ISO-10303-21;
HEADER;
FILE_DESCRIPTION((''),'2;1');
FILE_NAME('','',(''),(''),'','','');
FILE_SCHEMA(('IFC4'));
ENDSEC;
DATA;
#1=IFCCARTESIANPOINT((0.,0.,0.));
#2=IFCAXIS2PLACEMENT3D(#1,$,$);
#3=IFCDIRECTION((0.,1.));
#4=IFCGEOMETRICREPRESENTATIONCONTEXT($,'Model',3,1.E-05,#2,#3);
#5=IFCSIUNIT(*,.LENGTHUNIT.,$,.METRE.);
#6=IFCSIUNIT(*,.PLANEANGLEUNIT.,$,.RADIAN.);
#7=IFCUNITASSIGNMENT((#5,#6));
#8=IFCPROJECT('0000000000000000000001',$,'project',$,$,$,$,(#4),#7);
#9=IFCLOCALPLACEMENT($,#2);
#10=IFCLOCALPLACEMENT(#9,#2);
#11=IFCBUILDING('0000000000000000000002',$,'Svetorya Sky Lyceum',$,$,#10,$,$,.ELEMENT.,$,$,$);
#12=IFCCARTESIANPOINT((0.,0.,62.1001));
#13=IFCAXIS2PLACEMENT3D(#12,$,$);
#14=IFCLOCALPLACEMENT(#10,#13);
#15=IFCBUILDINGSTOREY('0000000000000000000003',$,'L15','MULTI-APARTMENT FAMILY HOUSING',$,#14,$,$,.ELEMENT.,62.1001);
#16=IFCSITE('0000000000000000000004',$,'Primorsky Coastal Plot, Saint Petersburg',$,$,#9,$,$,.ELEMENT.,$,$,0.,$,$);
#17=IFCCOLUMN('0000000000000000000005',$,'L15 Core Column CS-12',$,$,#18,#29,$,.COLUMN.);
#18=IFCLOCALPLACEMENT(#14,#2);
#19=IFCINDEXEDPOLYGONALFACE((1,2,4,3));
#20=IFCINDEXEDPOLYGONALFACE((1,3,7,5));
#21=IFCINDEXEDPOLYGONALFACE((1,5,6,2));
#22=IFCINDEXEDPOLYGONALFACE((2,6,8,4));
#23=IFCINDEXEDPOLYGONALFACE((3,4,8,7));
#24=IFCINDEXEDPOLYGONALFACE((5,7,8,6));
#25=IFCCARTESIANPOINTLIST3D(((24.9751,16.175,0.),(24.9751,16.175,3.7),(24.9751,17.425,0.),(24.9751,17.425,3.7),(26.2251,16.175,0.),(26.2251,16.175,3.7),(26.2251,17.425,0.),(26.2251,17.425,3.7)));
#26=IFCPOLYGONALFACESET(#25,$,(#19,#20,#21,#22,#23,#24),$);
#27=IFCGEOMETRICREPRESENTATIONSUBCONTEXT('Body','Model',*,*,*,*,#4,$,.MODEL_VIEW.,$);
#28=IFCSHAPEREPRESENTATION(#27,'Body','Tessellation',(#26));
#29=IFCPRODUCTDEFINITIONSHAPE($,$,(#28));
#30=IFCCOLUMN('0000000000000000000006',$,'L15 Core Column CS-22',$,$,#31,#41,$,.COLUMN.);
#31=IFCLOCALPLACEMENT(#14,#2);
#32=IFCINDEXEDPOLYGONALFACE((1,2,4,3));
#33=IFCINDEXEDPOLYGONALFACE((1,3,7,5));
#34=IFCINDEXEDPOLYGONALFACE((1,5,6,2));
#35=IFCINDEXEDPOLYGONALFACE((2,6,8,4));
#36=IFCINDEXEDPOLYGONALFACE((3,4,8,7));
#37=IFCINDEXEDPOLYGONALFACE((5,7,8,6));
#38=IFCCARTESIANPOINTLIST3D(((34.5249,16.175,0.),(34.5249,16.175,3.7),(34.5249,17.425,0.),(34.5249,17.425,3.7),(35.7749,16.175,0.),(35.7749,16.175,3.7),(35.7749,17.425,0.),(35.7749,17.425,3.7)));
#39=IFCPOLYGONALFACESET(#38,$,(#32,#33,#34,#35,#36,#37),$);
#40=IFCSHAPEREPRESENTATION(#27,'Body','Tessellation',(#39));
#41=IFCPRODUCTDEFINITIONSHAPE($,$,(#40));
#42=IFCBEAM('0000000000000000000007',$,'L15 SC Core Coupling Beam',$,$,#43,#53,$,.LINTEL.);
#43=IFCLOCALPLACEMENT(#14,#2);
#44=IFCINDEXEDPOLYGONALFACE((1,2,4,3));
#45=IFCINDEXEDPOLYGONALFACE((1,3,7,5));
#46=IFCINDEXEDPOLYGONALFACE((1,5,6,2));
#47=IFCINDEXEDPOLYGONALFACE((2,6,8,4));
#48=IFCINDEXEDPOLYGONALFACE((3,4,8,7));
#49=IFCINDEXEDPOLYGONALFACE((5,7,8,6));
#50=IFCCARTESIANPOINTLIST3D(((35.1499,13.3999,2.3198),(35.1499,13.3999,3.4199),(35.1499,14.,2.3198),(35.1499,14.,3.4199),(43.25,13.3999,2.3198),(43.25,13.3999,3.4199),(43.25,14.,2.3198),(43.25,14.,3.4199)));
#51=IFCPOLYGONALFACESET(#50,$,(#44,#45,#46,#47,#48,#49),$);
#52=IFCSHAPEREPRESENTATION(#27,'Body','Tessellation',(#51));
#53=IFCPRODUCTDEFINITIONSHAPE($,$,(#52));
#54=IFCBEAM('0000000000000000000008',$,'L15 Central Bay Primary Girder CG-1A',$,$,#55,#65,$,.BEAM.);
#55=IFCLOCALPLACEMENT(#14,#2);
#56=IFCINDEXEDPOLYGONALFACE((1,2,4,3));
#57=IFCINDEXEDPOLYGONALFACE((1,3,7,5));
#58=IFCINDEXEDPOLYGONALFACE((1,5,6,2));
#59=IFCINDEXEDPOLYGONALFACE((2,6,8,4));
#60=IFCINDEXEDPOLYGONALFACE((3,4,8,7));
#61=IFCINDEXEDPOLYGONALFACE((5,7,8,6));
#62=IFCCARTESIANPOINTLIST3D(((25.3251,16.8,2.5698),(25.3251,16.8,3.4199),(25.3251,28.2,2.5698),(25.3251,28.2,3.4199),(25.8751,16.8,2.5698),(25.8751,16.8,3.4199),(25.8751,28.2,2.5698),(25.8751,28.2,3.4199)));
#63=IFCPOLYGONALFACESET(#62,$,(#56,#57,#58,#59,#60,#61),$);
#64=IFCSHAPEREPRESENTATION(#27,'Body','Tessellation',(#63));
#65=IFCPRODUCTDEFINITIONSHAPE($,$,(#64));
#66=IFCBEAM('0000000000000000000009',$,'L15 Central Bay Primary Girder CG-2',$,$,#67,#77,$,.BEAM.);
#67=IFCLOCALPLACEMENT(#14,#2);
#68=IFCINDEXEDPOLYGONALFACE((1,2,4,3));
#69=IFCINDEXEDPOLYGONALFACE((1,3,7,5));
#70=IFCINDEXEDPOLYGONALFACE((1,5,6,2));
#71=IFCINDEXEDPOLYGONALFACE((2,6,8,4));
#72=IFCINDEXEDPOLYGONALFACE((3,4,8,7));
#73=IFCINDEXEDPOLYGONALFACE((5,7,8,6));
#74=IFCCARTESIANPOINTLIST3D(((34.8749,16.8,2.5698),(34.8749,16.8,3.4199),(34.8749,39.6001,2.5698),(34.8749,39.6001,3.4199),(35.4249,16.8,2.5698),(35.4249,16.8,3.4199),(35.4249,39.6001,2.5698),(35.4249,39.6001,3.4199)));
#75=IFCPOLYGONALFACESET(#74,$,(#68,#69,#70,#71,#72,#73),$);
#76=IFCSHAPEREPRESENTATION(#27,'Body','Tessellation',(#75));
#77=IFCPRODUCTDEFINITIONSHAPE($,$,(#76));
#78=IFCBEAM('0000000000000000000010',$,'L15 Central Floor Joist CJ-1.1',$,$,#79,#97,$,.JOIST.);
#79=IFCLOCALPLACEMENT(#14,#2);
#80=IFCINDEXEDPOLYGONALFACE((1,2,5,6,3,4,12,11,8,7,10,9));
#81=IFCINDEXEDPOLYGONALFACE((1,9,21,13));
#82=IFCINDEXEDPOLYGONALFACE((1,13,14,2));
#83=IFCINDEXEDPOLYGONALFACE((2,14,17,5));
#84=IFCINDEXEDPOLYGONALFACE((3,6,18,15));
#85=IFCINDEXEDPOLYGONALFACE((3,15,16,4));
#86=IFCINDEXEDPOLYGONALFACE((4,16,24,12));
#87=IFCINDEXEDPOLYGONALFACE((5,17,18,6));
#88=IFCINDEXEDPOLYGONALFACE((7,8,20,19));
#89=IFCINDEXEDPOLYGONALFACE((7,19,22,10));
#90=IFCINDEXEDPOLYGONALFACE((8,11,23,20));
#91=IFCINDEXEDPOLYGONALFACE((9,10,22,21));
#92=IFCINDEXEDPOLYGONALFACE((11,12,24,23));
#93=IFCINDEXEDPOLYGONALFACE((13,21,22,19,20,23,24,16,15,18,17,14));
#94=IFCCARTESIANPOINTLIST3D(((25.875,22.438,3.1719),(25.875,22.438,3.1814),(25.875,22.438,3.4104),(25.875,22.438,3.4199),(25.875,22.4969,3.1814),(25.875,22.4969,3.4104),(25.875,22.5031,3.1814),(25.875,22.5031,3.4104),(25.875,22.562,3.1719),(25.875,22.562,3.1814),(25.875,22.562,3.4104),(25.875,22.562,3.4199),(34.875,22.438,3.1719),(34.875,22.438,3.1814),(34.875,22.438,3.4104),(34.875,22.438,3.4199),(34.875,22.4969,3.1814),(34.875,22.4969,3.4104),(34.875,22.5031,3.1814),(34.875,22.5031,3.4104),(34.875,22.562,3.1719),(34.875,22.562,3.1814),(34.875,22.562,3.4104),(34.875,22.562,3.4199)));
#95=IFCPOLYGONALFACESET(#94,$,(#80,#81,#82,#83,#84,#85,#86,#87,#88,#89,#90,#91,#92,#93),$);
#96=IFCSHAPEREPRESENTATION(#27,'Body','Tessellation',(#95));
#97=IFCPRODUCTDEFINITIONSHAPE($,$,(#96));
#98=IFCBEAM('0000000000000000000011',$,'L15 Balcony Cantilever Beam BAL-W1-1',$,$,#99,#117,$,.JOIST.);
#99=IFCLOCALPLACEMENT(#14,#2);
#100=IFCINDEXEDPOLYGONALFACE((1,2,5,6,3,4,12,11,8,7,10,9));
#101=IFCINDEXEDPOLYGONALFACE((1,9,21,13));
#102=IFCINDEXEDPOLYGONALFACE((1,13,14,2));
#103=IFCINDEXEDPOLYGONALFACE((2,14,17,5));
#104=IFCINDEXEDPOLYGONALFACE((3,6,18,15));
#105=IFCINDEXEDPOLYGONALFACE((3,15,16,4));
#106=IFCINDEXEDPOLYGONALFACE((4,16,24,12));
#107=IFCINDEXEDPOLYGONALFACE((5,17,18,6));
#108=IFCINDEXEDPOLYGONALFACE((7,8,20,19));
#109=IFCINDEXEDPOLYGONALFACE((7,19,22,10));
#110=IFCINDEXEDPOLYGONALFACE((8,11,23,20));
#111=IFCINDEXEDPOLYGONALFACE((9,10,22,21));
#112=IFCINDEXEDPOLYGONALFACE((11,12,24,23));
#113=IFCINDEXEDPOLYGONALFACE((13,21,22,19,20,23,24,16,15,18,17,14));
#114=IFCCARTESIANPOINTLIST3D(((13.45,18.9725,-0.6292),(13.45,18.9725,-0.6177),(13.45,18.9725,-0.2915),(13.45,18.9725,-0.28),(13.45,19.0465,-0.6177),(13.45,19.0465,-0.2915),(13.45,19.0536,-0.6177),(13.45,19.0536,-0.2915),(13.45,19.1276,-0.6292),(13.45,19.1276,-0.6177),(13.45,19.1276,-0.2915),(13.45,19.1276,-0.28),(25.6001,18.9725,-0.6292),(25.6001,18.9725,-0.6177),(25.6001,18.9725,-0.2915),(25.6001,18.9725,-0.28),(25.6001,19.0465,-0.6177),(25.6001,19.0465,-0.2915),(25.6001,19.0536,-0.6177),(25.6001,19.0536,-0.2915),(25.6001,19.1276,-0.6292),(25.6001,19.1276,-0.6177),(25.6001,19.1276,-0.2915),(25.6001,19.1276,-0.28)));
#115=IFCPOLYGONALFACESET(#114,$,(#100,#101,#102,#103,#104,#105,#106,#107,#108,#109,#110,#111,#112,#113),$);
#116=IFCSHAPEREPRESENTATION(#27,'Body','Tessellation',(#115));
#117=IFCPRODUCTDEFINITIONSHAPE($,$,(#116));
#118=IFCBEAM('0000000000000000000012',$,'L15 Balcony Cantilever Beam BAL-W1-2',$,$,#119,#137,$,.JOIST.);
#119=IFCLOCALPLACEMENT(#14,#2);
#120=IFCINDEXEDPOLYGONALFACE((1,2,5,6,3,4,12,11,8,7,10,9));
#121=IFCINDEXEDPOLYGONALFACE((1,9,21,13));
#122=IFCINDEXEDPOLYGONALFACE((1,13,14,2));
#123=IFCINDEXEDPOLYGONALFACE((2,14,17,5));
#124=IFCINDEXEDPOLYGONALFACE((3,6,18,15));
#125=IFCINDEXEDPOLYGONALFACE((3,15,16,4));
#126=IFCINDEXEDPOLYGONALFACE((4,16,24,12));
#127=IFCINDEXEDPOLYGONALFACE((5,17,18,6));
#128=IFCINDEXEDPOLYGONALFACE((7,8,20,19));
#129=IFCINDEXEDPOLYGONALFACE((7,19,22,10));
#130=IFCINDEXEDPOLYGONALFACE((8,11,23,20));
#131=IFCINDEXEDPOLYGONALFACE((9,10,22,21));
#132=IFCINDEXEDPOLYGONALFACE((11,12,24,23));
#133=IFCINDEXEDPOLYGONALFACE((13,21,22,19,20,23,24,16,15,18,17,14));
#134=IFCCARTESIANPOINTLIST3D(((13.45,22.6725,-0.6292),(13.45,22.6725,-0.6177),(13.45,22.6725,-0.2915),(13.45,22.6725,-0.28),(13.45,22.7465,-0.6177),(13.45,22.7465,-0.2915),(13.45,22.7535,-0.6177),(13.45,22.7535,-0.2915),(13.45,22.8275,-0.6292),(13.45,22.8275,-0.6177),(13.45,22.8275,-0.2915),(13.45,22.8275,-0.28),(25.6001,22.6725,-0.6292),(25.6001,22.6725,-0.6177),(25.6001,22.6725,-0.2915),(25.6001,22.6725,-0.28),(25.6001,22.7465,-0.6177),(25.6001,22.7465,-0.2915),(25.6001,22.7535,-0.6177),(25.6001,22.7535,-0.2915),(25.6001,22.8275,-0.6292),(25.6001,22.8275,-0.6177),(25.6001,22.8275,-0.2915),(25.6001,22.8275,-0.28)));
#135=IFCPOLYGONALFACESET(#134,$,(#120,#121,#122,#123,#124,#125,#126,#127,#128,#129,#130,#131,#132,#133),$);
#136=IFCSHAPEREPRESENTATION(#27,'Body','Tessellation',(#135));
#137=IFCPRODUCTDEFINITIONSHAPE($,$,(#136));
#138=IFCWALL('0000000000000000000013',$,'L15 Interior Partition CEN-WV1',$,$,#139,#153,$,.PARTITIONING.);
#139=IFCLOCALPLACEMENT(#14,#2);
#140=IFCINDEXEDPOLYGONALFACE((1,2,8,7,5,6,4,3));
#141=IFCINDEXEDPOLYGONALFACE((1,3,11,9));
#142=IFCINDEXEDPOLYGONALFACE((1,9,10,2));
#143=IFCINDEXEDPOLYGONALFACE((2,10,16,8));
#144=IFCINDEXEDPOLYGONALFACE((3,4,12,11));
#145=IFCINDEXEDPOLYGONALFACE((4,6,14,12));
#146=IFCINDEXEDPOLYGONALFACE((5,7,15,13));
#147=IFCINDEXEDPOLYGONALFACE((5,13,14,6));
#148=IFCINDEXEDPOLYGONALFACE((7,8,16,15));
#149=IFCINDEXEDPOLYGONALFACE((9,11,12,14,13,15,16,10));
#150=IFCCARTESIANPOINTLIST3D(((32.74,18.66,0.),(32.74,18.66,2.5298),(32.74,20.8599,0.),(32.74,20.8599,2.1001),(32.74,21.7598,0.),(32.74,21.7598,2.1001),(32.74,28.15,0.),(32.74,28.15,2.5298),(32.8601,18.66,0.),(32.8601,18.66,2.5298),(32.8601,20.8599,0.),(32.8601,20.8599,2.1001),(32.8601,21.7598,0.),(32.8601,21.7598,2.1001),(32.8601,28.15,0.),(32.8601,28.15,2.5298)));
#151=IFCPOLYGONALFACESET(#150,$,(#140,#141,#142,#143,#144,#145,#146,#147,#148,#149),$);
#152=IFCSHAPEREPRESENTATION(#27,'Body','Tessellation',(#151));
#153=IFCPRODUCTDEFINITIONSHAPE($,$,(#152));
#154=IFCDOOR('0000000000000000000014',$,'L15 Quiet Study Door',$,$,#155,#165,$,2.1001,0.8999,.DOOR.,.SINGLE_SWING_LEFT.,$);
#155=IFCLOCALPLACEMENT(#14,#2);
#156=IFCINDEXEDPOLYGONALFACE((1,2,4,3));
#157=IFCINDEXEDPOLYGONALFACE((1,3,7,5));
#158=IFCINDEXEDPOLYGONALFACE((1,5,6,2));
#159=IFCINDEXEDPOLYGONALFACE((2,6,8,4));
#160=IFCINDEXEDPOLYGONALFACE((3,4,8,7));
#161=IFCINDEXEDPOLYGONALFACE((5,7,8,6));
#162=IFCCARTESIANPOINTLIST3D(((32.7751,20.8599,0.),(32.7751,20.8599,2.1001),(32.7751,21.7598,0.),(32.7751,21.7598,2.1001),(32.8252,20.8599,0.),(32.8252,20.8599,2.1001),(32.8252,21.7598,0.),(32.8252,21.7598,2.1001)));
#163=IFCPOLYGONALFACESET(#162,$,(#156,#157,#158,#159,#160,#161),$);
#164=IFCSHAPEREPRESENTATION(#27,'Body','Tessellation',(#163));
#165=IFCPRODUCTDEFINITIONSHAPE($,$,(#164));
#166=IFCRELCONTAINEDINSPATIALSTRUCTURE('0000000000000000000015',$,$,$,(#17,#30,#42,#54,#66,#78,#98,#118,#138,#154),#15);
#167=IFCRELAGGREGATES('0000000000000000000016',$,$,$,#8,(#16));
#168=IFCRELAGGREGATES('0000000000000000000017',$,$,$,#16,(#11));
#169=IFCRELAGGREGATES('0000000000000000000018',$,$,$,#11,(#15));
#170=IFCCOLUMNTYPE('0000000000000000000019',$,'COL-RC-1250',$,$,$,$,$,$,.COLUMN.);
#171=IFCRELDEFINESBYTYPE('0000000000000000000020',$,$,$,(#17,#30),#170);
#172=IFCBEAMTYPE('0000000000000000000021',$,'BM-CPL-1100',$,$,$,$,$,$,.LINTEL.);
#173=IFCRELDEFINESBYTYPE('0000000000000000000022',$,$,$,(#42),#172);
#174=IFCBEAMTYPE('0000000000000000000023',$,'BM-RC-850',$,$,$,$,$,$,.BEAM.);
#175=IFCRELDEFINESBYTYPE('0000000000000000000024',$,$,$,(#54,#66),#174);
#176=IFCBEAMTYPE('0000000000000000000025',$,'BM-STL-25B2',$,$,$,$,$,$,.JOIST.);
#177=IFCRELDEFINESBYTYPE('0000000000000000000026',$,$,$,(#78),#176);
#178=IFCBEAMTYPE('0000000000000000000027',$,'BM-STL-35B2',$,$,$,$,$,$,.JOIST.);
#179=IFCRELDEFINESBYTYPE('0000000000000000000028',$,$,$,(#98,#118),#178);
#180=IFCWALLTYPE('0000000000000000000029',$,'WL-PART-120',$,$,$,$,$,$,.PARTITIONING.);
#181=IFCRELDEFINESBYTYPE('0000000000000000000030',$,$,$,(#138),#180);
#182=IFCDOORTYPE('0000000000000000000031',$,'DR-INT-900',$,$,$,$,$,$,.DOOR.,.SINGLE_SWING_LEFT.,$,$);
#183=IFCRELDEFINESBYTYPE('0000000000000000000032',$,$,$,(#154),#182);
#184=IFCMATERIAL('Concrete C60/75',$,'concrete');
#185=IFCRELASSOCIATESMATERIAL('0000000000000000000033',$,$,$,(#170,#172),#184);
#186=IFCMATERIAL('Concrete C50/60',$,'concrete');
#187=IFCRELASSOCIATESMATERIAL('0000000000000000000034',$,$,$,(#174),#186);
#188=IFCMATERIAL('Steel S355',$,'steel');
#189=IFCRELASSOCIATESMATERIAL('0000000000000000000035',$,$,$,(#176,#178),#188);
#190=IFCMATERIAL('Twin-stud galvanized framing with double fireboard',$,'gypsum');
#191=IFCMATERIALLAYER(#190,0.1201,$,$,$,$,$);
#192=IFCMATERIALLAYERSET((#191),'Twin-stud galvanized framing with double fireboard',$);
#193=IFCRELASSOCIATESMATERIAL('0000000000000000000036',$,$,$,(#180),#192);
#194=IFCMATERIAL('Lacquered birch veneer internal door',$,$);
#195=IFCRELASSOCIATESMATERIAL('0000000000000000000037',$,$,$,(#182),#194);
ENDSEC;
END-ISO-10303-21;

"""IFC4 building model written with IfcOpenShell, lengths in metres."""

from ifc_helpers import new_model, si_unit, direction, frame, frame_2d, origin, origin_2d, place, context, subcontext, project, spatial, rectangle, i_section, extrude, material, layer, layer_set, material_profile, profile_set, type_object, element, fill, save


model = new_model("IFC4")

# Units and contexts
model_context = context("Model", 3, precision=1e-05, world=origin(), true_north=direction((0.0, 1.0)))
body_context = subcontext(model_context, "Body", "Model", "MODEL_VIEW")
ifc_project = project(units=[si_unit("LENGTHUNIT", "METRE"), si_unit("PLANEANGLEUNIT", "RADIAN")], contexts=[model_context])

# Site, building, storey
site_placement = place(None, origin())
site = spatial("IfcSite", under=ifc_project, at=site_placement, Name="Primorsky Coastal Plot, Saint Petersburg", CompositionType="ELEMENT", RefElevation=0.0)
building_placement = place(site_placement, origin())
building = spatial("IfcBuilding", under=site, at=building_placement, Name="Svetorya Sky Lyceum", CompositionType="ELEMENT")
storey_placement = place(building_placement, frame((0.0, 0.0, 62.1001)))
storey = spatial("IfcBuildingStorey", under=building, at=storey_placement, Name="L15", Description="MULTI-APARTMENT FAMILY HOUSING", CompositionType="ELEMENT", Elevation=62.1001)

# Columns
ifc_material_1 = material(Name="Concrete C60/75", Category="concrete")
ifc_material_profile_1 = material_profile(ifc_material_1, rectangle(XDim=1.25, YDim=1.25, at=origin_2d()), Name="RC COL 1250x1250")
ifc_profile_set_1 = profile_set([ifc_material_profile_1], Name="Concrete C60/75")
column_type = type_object("IfcColumnType", Name="COL-RC-1250", PredefinedType="COLUMN", material=ifc_profile_set_1)
for number, where, z_axis, x_axis, name in (
    (1, (25.6001, 16.8, 0.0), (0.0, 0.0, 1.0), (1.0, 0.0, 0.0), "L15 Core Column CS-12"),
    (2, (35.1499, 16.8, 0.0), (0.0, 0.0, 1.0), (1.0, 0.0, 0.0), "L15 Core Column CS-22"),
):
    element("IfcColumn", number, at=place(storey_placement, frame(where, z_axis=z_axis, x_axis=x_axis)), inside=storey, type_object=column_type, Name=name, PredefinedType="COLUMN", context=body_context, shape_type="SweptSolid", body=[
        extrude(rectangle(XDim=1.25, YDim=1.25, at=origin_2d()), origin(), (0.0, 0.0, 1.0), 3.7),
    ])

# Beams
ifc_material_profile_2 = material_profile(ifc_material_1, rectangle(XDim=0.6001, YDim=1.1001, at=origin_2d()), Name="RC COUPLING 600x1100")
ifc_profile_set_2 = profile_set([ifc_material_profile_2], Name="Concrete C60/75")
beam_type_1 = type_object("IfcBeamType", Name="BM-CPL-1100", PredefinedType="LINTEL", material=ifc_profile_set_2)
beam_1_placement = place(storey_placement, frame((35.1499, 13.7, 2.8699), z_axis=(1.0, 0.0, 0.0), x_axis=(0.0, 1.0, 0.0)))
element("IfcBeam", 3, at=beam_1_placement, inside=storey, type_object=beam_type_1, Name="L15 SC Core Coupling Beam", PredefinedType="LINTEL", context=body_context, shape_type="SweptSolid", body=[
    extrude(rectangle(XDim=0.6001, YDim=1.1001, at=origin_2d()), origin(), (0.0, 0.0, 1.0), 8.1001),
])
ifc_material_2 = material(Name="Concrete C50/60", Category="concrete")
ifc_material_profile_3 = material_profile(ifc_material_2, rectangle(XDim=0.55, YDim=0.8501, at=origin_2d()), Name="RC BEAM 550x850")
ifc_profile_set_3 = profile_set([ifc_material_profile_3], Name="Concrete C50/60")
beam_type_2 = type_object("IfcBeamType", Name="BM-RC-850", PredefinedType="BEAM", material=ifc_profile_set_3)
beam_2_placement = place(storey_placement, frame((25.6001, 16.8, 2.9949), z_axis=(0.0, 1.0, 0.0), x_axis=(-1.0, 0.0, 0.0)))
element("IfcBeam", 4, at=beam_2_placement, inside=storey, type_object=beam_type_2, Name="L15 Central Bay Primary Girder CG-1A", PredefinedType="BEAM", context=body_context, shape_type="SweptSolid", body=[
    extrude(rectangle(XDim=0.55, YDim=0.8501, at=origin_2d()), origin(), (0.0, 0.0, 1.0), 11.3999),
])
beam_3_placement = place(storey_placement, frame((35.1499, 16.8, 2.9949), z_axis=(0.0, 1.0, 0.0), x_axis=(-1.0, 0.0, 0.0)))
element("IfcBeam", 5, at=beam_3_placement, inside=storey, type_object=beam_type_2, Name="L15 Central Bay Primary Girder CG-2", PredefinedType="BEAM", context=body_context, shape_type="SweptSolid", body=[
    extrude(rectangle(XDim=0.55, YDim=0.8501, at=origin_2d()), origin(), (0.0, 0.0, 1.0), 22.8),
])
ifc_material_3 = material(Name="Steel S355", Category="steel")
ifc_material_profile_4 = material_profile(ifc_material_3, i_section(OverallWidth=0.124, OverallDepth=0.248, WebThickness=0.0061, FlangeThickness=0.0095, at=origin_2d()), Name="GOST 25B2")
ifc_profile_set_4 = profile_set([ifc_material_profile_4], Name="Steel S355")
beam_type_3 = type_object("IfcBeamType", Name="BM-STL-25B2", PredefinedType="JOIST", material=ifc_profile_set_4)
beam_4_placement = place(storey_placement, frame((25.875, 22.5, 3.2959), z_axis=(1.0, 0.0, 0.0), x_axis=(0.0, 1.0, 0.0)))
element("IfcBeam", 6, at=beam_4_placement, inside=storey, type_object=beam_type_3, Name="L15 Central Floor Joist CJ-1.1", PredefinedType="JOIST", context=body_context, shape_type="SweptSolid", body=[
    extrude(i_section(OverallWidth=0.124, OverallDepth=0.248, WebThickness=0.0061, FlangeThickness=0.0095, at=origin_2d()), origin(), (0.0, 0.0, 1.0), 9.0),
])
ifc_material_profile_5 = material_profile(ifc_material_3, i_section(OverallWidth=0.155, OverallDepth=0.3491, WebThickness=0.0071, FlangeThickness=0.0115, at=origin_2d()), Name="GOST 35B2")
ifc_profile_set_5 = profile_set([ifc_material_profile_5], Name="Steel S355")
beam_type_4 = type_object("IfcBeamType", Name="BM-STL-35B2", PredefinedType="JOIST", material=ifc_profile_set_5)
for number, where, z_axis, x_axis, name in (
    (7, (25.6001, 19.05, -0.4546), (-1.0, 0.0, 0.0), (0.0, -1.0, 0.0), "L15 Balcony Cantilever Beam BAL-W1-1"),
    (8, (25.6001, 22.75, -0.4546), (-1.0, 0.0, 0.0), (0.0, -1.0, 0.0), "L15 Balcony Cantilever Beam BAL-W1-2"),
):
    element("IfcBeam", number, at=place(storey_placement, frame(where, z_axis=z_axis, x_axis=x_axis)), inside=storey, type_object=beam_type_4, Name=name, PredefinedType="JOIST", context=body_context, shape_type="SweptSolid", body=[
        extrude(i_section(OverallWidth=0.155, OverallDepth=0.3491, WebThickness=0.0071, FlangeThickness=0.0115, at=origin_2d()), origin(), (0.0, 0.0, 1.0), 12.1501),
    ])

# Wall, opening, door
ifc_material_4 = material(Name="Twin-stud galvanized framing with double fireboard", Category="gypsum")
ifc_layer_1 = layer(ifc_material_4, 0.1201)
ifc_layer_set_1 = layer_set([ifc_layer_1], Name="Twin-stud galvanized framing with double fireboard")
wall_type_1 = type_object("IfcWallType", Name="WL-PART-120", PredefinedType="PARTITIONING", material=ifc_layer_set_1)
wall_1_placement = place(storey_placement, frame((32.8, 18.6599, 0.0), z_axis=(0.0, 0.0, 1.0), x_axis=(0.0, 1.0, 0.0)))
wall_1 = element("IfcWall", 9, at=wall_1_placement, inside=storey, type_object=wall_type_1, Name="L15 Interior Partition CEN-WV1", PredefinedType="PARTITIONING", context=body_context, shape_type="SweptSolid", body=[
    extrude(rectangle(XDim=9.49, YDim=0.1201, at=frame_2d((4.7451, 0.0))), origin(), (0.0, 0.0, 1.0), 2.5298),
])
opening_1_placement = place(wall_1_placement, frame((2.2, 0.0, 0.0)))
opening_1 = element("IfcOpeningElement", 10, at=opening_1_placement, cuts=wall_1, PredefinedType="OPENING", context=body_context, shape_type="SweptSolid", body=[
    extrude(rectangle(XDim=0.8999, YDim=2.1001, at=frame_2d((0.45, 1.05))), frame((0.0, 0.0701, 0.0), z_axis=(0.0, -1.0, 0.0), x_axis=(1.0, 0.0, 0.0)), (0.0, 0.0, 1.0), 0.1401),
])
ifc_material_5 = material(Name="Lacquered birch veneer internal door")
door_type_1 = type_object("IfcDoorType", Name="DR-INT-900", OperationType="SINGLE_SWING_LEFT", PredefinedType="DOOR", material=ifc_material_5)
door_1_placement = place(opening_1_placement, origin())
door_1 = element("IfcDoor", 11, at=door_1_placement, inside=storey, type_object=door_type_1, Name="L15 Quiet Study Door", OperationType="SINGLE_SWING_LEFT", OverallHeight=2.1001, OverallWidth=0.8999, PredefinedType="DOOR", context=body_context, shape_type="SweptSolid", body=[
    extrude(rectangle(XDim=0.8999, YDim=2.1001, at=frame_2d((0.45, 1.05))), frame((0.0, 0.0249, 0.0), z_axis=(0.0, -1.0, 0.0), x_axis=(1.0, 0.0, 0.0)), (0.0, 0.0, 1.0), 0.05),
])
fill(opening_1, door_1)

save(model, "model.ifc")
